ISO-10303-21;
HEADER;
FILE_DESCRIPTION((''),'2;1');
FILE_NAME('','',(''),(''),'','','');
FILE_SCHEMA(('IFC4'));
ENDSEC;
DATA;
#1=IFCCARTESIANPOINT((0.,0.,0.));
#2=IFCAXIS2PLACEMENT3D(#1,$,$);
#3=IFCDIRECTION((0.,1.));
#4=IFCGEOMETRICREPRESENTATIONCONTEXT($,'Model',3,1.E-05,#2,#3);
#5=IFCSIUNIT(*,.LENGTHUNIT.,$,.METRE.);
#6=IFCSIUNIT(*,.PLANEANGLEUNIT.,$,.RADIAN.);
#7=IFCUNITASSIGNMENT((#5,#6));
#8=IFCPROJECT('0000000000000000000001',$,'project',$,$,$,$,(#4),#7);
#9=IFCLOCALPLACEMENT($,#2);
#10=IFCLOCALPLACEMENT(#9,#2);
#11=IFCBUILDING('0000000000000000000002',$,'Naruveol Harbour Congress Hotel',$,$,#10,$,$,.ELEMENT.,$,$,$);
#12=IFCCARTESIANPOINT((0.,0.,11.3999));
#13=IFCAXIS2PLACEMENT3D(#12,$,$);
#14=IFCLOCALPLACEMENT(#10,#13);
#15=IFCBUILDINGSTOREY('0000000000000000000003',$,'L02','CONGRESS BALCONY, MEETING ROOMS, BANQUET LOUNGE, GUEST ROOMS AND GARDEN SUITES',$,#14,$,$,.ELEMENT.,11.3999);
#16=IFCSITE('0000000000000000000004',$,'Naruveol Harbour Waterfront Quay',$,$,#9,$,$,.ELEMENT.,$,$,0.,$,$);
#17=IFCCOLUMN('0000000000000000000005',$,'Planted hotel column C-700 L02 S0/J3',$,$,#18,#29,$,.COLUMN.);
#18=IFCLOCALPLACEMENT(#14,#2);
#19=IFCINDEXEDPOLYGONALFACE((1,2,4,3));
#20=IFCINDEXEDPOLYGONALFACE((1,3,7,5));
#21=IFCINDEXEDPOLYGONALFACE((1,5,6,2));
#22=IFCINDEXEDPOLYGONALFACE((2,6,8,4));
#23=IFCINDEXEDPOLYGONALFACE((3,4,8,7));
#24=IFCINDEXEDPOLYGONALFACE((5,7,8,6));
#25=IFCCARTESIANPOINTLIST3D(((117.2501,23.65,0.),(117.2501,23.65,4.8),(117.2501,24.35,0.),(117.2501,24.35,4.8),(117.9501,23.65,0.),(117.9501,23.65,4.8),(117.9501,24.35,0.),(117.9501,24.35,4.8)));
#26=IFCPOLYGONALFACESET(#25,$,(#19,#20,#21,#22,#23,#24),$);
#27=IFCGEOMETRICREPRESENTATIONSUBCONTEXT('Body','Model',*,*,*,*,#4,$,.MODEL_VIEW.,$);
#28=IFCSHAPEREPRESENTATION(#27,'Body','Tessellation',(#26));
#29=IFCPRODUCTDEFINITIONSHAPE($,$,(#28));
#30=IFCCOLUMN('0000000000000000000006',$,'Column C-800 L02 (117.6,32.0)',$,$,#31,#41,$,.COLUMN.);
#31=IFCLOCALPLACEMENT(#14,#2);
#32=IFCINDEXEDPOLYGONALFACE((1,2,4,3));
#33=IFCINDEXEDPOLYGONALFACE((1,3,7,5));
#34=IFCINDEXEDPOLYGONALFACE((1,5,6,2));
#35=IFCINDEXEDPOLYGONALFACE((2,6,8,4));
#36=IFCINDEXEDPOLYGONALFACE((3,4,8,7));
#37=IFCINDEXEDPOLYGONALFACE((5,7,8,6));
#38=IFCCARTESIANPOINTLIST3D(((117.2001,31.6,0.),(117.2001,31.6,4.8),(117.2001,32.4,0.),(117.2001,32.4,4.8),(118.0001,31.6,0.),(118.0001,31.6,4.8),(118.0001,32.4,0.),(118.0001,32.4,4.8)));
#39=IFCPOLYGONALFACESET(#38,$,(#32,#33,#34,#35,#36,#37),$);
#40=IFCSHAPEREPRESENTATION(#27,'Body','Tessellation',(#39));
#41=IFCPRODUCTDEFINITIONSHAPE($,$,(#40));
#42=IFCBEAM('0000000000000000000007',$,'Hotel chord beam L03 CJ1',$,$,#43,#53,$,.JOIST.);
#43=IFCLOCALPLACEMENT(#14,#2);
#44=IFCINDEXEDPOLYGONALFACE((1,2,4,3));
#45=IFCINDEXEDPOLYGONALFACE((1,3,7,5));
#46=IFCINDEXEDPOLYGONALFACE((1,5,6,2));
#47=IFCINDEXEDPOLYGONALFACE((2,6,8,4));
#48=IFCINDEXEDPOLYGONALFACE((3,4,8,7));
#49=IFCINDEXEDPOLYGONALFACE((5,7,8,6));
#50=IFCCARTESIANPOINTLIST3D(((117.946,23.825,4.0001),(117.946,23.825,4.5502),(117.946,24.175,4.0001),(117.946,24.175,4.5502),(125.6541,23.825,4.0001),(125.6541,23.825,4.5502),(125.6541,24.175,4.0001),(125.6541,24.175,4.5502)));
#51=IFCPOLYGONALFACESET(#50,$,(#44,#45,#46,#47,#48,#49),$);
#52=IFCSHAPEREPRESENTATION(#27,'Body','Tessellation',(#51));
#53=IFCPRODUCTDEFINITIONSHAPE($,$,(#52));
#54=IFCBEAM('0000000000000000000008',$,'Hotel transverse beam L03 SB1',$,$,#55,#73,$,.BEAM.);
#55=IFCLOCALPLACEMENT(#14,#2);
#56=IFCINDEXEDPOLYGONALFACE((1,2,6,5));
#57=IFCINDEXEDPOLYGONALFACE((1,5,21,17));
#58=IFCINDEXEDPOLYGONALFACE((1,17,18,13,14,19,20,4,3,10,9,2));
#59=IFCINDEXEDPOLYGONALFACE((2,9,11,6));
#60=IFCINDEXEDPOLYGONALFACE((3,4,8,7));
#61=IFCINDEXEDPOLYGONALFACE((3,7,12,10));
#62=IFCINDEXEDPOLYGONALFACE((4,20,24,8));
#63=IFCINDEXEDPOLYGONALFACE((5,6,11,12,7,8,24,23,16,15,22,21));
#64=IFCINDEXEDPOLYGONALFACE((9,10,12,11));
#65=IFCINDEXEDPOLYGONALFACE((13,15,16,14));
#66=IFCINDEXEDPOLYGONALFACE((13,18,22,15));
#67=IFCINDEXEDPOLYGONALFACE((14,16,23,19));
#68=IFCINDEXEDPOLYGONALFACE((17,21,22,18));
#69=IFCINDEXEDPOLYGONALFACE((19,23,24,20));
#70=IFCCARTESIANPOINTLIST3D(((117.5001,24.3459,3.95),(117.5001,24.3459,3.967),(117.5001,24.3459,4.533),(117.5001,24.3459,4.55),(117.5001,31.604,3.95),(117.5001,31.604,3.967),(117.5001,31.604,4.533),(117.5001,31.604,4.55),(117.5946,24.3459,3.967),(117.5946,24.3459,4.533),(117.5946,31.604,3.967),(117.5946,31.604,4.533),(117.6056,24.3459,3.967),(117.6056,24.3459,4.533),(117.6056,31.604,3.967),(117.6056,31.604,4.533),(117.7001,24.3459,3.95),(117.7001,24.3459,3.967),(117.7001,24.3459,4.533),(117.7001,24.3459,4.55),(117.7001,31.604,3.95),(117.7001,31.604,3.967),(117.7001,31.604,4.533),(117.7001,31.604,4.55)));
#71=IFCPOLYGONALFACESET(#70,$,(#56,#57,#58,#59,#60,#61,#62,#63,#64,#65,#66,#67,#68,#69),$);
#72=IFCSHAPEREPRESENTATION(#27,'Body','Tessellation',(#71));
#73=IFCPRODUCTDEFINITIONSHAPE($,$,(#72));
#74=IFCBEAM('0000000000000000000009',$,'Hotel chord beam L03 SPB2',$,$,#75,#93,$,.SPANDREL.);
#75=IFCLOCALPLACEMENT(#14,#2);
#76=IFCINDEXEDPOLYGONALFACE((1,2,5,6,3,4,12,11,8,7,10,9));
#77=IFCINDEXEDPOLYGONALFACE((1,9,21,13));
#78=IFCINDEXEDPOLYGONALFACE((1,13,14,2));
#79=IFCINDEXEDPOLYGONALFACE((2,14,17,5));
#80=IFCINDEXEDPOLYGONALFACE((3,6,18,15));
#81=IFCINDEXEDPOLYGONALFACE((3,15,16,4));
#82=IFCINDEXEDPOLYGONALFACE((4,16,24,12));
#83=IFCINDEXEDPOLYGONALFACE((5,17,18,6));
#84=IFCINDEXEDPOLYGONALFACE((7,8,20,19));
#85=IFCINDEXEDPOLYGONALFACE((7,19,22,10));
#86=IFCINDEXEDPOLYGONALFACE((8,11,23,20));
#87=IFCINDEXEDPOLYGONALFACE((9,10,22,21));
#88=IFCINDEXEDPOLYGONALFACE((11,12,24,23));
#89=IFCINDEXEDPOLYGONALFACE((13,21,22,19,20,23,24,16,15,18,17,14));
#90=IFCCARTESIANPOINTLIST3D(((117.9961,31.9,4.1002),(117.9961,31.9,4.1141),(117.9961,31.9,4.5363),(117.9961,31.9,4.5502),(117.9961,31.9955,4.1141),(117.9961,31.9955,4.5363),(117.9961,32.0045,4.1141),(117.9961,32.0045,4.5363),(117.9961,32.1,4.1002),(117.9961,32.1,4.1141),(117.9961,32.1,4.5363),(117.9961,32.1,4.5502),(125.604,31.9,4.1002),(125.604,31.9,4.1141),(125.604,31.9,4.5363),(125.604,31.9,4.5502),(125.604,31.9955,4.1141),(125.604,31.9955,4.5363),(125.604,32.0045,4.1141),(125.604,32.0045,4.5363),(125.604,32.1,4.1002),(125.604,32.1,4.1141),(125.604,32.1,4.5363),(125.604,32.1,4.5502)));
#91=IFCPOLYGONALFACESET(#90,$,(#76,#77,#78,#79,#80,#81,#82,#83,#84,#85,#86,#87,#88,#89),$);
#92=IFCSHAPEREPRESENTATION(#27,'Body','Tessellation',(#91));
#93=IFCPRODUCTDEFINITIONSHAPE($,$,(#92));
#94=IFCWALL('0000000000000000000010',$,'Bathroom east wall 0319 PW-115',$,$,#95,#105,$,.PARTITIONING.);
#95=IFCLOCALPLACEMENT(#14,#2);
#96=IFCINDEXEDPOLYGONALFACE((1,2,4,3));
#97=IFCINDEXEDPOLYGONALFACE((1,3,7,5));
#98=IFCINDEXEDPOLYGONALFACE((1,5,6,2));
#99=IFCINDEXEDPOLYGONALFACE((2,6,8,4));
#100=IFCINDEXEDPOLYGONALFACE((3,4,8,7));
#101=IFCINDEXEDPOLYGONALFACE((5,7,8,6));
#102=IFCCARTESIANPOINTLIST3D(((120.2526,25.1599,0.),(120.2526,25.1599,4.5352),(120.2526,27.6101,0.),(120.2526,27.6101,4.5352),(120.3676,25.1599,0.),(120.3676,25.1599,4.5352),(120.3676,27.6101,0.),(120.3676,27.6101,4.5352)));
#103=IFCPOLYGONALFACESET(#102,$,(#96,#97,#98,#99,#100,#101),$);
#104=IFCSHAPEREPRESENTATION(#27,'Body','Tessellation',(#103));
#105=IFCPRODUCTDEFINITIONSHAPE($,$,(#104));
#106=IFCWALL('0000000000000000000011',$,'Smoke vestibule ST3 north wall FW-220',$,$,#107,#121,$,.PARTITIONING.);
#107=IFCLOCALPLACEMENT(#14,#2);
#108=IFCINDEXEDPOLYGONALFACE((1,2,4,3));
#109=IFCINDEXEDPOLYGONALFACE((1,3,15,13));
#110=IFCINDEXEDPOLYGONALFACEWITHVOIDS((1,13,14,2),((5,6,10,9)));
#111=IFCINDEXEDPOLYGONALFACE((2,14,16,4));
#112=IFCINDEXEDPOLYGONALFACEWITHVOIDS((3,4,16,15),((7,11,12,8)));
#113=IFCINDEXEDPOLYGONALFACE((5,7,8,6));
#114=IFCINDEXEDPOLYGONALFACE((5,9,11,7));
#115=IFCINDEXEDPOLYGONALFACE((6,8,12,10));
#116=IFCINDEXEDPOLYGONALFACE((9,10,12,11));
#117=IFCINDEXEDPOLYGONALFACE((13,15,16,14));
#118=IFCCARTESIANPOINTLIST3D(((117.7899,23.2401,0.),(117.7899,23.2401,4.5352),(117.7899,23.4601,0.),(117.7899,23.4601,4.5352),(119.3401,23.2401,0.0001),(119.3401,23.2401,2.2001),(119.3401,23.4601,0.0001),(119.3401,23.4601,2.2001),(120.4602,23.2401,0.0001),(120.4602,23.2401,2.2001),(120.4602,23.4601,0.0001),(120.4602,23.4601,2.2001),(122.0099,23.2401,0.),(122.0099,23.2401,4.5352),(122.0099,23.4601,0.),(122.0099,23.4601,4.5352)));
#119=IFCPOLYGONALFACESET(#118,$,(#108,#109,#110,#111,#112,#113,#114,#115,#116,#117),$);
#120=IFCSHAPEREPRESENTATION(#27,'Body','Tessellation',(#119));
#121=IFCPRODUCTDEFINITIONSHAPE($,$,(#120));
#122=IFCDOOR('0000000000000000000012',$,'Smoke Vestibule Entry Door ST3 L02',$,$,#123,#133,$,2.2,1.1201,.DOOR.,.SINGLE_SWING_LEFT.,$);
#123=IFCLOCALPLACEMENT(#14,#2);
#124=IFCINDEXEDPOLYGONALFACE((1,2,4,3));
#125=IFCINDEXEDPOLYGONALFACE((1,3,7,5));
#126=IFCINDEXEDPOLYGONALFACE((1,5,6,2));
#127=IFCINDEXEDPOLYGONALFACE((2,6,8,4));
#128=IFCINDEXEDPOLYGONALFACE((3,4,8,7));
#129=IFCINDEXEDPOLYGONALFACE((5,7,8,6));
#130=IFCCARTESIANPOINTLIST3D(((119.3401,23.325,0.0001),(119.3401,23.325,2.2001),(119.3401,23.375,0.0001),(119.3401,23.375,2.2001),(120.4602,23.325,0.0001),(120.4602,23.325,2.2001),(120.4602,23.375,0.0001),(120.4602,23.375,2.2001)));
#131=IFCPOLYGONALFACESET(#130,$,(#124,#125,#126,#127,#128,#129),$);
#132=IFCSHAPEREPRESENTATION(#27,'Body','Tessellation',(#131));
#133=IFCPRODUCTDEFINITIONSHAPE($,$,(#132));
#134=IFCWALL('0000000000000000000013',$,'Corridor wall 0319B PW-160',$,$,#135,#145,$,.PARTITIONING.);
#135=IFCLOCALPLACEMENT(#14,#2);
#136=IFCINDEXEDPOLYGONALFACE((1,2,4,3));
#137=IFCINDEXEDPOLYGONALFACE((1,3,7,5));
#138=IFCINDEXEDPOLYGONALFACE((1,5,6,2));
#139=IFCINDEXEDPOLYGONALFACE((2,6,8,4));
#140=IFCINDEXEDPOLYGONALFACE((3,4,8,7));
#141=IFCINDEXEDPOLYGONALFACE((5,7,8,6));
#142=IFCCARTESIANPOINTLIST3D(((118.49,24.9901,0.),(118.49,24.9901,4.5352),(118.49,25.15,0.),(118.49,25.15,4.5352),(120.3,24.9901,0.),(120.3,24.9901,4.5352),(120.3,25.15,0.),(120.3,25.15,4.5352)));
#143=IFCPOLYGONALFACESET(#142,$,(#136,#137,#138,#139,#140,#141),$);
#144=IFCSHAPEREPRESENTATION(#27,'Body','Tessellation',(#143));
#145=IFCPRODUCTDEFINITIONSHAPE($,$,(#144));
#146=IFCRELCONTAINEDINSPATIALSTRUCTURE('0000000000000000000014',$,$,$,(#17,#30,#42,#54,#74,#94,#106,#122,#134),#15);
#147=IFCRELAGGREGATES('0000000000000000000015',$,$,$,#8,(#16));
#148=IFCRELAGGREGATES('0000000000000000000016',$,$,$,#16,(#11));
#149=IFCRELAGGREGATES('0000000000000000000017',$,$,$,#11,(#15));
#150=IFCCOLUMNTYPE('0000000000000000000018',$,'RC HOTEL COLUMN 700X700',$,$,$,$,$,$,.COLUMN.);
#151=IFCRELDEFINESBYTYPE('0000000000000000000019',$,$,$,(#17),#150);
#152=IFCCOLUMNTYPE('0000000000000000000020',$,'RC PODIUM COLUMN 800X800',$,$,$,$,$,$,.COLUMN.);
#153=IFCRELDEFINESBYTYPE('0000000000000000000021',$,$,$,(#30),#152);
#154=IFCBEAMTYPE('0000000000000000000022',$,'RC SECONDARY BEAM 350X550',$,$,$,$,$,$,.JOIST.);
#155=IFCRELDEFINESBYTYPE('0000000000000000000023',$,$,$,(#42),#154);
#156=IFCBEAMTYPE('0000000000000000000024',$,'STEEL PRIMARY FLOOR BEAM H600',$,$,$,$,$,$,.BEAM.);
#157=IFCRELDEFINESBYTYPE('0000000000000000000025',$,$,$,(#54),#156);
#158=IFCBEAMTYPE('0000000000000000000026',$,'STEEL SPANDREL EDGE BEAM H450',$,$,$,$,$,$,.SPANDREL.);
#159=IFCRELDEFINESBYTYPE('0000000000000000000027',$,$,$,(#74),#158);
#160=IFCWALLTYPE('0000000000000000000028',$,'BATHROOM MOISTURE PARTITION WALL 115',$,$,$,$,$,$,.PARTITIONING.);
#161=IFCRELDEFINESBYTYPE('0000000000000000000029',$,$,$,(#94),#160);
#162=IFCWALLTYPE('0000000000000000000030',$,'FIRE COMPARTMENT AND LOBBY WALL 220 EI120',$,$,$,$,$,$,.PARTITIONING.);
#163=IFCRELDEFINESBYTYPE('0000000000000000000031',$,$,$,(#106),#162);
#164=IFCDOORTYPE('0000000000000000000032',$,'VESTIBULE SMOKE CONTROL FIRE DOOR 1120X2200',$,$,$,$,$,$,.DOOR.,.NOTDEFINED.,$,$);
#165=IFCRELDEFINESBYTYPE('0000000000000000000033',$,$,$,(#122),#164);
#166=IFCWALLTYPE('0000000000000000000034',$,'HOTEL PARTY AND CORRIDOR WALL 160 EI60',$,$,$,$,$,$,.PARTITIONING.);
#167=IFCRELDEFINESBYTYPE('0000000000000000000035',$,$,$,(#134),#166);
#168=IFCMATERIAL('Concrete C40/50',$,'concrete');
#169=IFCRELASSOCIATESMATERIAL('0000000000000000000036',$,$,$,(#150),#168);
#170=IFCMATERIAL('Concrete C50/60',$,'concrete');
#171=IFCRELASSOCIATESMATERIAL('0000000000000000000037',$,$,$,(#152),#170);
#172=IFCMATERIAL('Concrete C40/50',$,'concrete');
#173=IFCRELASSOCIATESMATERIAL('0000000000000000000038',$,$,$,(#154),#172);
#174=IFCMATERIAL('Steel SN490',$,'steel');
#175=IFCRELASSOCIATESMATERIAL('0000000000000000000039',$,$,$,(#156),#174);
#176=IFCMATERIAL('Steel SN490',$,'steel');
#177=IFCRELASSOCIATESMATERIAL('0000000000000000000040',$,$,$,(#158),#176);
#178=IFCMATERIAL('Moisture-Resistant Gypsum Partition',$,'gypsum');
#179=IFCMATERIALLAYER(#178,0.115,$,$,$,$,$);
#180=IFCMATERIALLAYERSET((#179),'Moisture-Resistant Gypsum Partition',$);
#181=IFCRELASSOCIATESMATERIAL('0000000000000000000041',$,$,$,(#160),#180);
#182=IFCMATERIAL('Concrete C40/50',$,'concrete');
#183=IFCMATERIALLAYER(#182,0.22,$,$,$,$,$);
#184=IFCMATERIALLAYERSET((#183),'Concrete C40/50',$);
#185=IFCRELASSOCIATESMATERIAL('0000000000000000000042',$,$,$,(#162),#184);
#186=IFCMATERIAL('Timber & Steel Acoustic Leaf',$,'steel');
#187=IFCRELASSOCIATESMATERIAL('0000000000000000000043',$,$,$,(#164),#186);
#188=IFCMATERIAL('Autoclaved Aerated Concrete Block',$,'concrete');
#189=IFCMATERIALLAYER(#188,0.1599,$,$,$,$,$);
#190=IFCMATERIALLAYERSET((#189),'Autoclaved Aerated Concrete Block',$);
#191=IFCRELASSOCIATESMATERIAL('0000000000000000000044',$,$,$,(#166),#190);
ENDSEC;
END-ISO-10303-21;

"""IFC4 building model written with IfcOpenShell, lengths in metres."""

from ifc_helpers import new_model, si_unit, direction, frame, frame_2d, origin, origin_2d, place, context, subcontext, project, spatial, rectangle, i_section, extrude, material, layer, layer_set, material_profile, profile_set, type_object, element, fill, save


model = new_model("IFC4")

# Units and contexts
model_context = context("Model", 3, precision=1e-05, world=origin(), true_north=direction((0.0, 1.0)))
body_context = subcontext(model_context, "Body", "Model", "MODEL_VIEW")
ifc_project = project(units=[si_unit("LENGTHUNIT", "METRE"), si_unit("PLANEANGLEUNIT", "RADIAN")], contexts=[model_context])

# Site, building, storey
site_placement = place(None, origin())
site = spatial("IfcSite", under=ifc_project, at=site_placement, Name="Naruveol Harbour Waterfront Quay", CompositionType="ELEMENT", RefElevation=0.0)
building_placement = place(site_placement, origin())
building = spatial("IfcBuilding", under=site, at=building_placement, Name="Naruveol Harbour Congress Hotel", CompositionType="ELEMENT")
storey_placement = place(building_placement, frame((0.0, 0.0, 11.3999)))
storey = spatial("IfcBuildingStorey", under=building, at=storey_placement, Name="L02", Description="CONGRESS BALCONY, MEETING ROOMS, BANQUET LOUNGE, GUEST ROOMS AND GARDEN SUITES", CompositionType="ELEMENT", Elevation=11.3999)

# Columns
ifc_material_1 = material(Name="Concrete C40/50", Category="concrete")
ifc_material_profile_1 = material_profile(ifc_material_1, rectangle(XDim=0.7, YDim=0.7, at=origin_2d()), Name="RC-700x700")
ifc_profile_set_1 = profile_set([ifc_material_profile_1], Name="Concrete C40/50")
column_type_1 = type_object("IfcColumnType", Name="RC HOTEL COLUMN 700X700", PredefinedType="COLUMN", material=ifc_profile_set_1)
column_1_placement = place(storey_placement, frame((117.6001, 24.0, 0.0), z_axis=(0.0, 0.0, 1.0), x_axis=(1.0, 0.0, 0.0)))
element("IfcColumn", 1, at=column_1_placement, inside=storey, type_object=column_type_1, Name="Planted hotel column C-700 L02 S0/J3", PredefinedType="COLUMN", context=body_context, shape_type="SweptSolid", body=[
    extrude(rectangle(XDim=0.7, YDim=0.7, at=origin_2d()), origin(), (0.0, 0.0, 1.0), 4.8),
])
ifc_material_2 = material(Name="Concrete C50/60", Category="concrete")
ifc_material_profile_2 = material_profile(ifc_material_2, rectangle(XDim=0.8, YDim=0.8, at=origin_2d()), Name="RC-800x800")
ifc_profile_set_2 = profile_set([ifc_material_profile_2], Name="Concrete C50/60")
column_type_2 = type_object("IfcColumnType", Name="RC PODIUM COLUMN 800X800", PredefinedType="COLUMN", material=ifc_profile_set_2)
column_2_placement = place(storey_placement, frame((117.6001, 32.0, 0.0), z_axis=(0.0, 0.0, 1.0), x_axis=(1.0, 0.0, 0.0)))
element("IfcColumn", 2, at=column_2_placement, inside=storey, type_object=column_type_2, Name="Column C-800 L02 (117.6,32.0)", PredefinedType="COLUMN", context=body_context, shape_type="SweptSolid", body=[
    extrude(rectangle(XDim=0.8, YDim=0.8, at=origin_2d()), origin(), (0.0, 0.0, 1.0), 4.8),
])

# Beams
ifc_material_3 = material(Name="Concrete C40/50", Category="concrete")
ifc_material_profile_3 = material_profile(ifc_material_3, rectangle(XDim=0.3501, YDim=0.55, at=origin_2d()), Name="RCB-350x550")
ifc_profile_set_3 = profile_set([ifc_material_profile_3], Name="Concrete C40/50")
beam_type_1 = type_object("IfcBeamType", Name="RC SECONDARY BEAM 350X550", PredefinedType="JOIST", material=ifc_profile_set_3)
beam_1_placement = place(storey_placement, frame((117.946, 24.0, 4.2751), z_axis=(1.0, 0.0, 0.0), x_axis=(0.0, 1.0, 0.0)))
element("IfcBeam", 3, at=beam_1_placement, inside=storey, type_object=beam_type_1, Name="Hotel chord beam L03 CJ1", PredefinedType="JOIST", context=body_context, shape_type="SweptSolid", body=[
    extrude(rectangle(XDim=0.3501, YDim=0.55, at=origin_2d()), origin(), (0.0, 0.0, 1.0), 7.708),
])
ifc_material_4 = material(Name="Steel SN490", Category="steel")
ifc_material_profile_4 = material_profile(ifc_material_4, i_section(OverallWidth=0.2, OverallDepth=0.6001, WebThickness=0.011, FlangeThickness=0.0171, at=origin_2d()), Name="H-600x200x11x17")
ifc_profile_set_4 = profile_set([ifc_material_profile_4], Name="Steel SN490")
beam_type_2 = type_object("IfcBeamType", Name="STEEL PRIMARY FLOOR BEAM H600", PredefinedType="BEAM", material=ifc_profile_set_4)
beam_2_placement = place(storey_placement, frame((117.6001, 24.3459, 4.25), z_axis=(0.0, 1.0, 0.0), x_axis=(-1.0, 0.0, 0.0)))
element("IfcBeam", 4, at=beam_2_placement, inside=storey, type_object=beam_type_2, Name="Hotel transverse beam L03 SB1", PredefinedType="BEAM", context=body_context, shape_type="SweptSolid", body=[
    extrude(i_section(OverallWidth=0.2, OverallDepth=0.6001, WebThickness=0.011, FlangeThickness=0.0171, at=origin_2d()), origin(), (0.0, 0.0, 1.0), 7.2581),
])
ifc_material_5 = material(Name="Steel SN490", Category="steel")
ifc_material_profile_5 = material_profile(ifc_material_5, i_section(OverallWidth=0.2, OverallDepth=0.45, WebThickness=0.009, FlangeThickness=0.0139, at=origin_2d()), Name="H-450x200x9x14")
ifc_profile_set_5 = profile_set([ifc_material_profile_5], Name="Steel SN490")
beam_type_3 = type_object("IfcBeamType", Name="STEEL SPANDREL EDGE BEAM H450", PredefinedType="SPANDREL", material=ifc_profile_set_5)
beam_3_placement = place(storey_placement, frame((117.9961, 32.0, 4.3252), z_axis=(1.0, 0.0, 0.0), x_axis=(0.0, 1.0, 0.0)))
element("IfcBeam", 5, at=beam_3_placement, inside=storey, type_object=beam_type_3, Name="Hotel chord beam L03 SPB2", PredefinedType="SPANDREL", context=body_context, shape_type="SweptSolid", body=[
    extrude(i_section(OverallWidth=0.2, OverallDepth=0.45, WebThickness=0.009, FlangeThickness=0.0139, at=origin_2d()), origin(), (0.0, 0.0, 1.0), 7.6079),
])

# Wall
ifc_material_6 = material(Name="Moisture-Resistant Gypsum Partition", Category="gypsum")
ifc_layer_1 = layer(ifc_material_6, 0.115)
ifc_layer_set_1 = layer_set([ifc_layer_1], Name="Moisture-Resistant Gypsum Partition")
wall_type_1 = type_object("IfcWallType", Name="BATHROOM MOISTURE PARTITION WALL 115", PredefinedType="PARTITIONING", material=ifc_layer_set_1)
wall_1_placement = place(storey_placement, frame((120.3101, 25.1599, 0.0), z_axis=(0.0, 0.0, 1.0), x_axis=(0.0, 1.0, 0.0)))
element("IfcWall", 6, at=wall_1_placement, inside=storey, type_object=wall_type_1, Name="Bathroom east wall 0319 PW-115", PredefinedType="PARTITIONING", context=body_context, shape_type="SweptSolid", body=[
    extrude(rectangle(XDim=2.4502, YDim=0.115, at=frame_2d((1.2251, 0.0))), origin(), (0.0, 0.0, 1.0), 4.5352),
])

# Wall, opening, door
ifc_material_7 = material(Name="Concrete C40/50", Category="concrete")
ifc_layer_2 = layer(ifc_material_7, 0.22)
ifc_layer_set_2 = layer_set([ifc_layer_2], Name="Concrete C40/50")
wall_type_2 = type_object("IfcWallType", Name="FIRE COMPARTMENT AND LOBBY WALL 220 EI120", PredefinedType="PARTITIONING", material=ifc_layer_set_2)
wall_2_placement = place(storey_placement, frame((117.79, 23.3501, 0.0), z_axis=(0.0, 0.0, 1.0), x_axis=(1.0, 0.0, 0.0)))
wall_2 = element("IfcWall", 7, at=wall_2_placement, inside=storey, type_object=wall_type_2, Name="Smoke vestibule ST3 north wall FW-220", PredefinedType="PARTITIONING", context=body_context, shape_type="SweptSolid", body=[
    extrude(rectangle(XDim=4.22, YDim=0.22, at=frame_2d((2.1099, 0.0))), origin(), (0.0, 0.0, 1.0), 4.5352),
])
opening_1_placement = place(wall_2_placement, frame((1.55, 0.0, 0.0)))
opening_1 = element("IfcOpeningElement", 8, at=opening_1_placement, cuts=wall_2, PredefinedType="OPENING", context=body_context, shape_type="SweptSolid", body=[
    extrude(rectangle(XDim=1.1201, YDim=2.2, at=frame_2d((0.5601, 1.1001))), frame((0.0, 0.1199, 0.0), z_axis=(0.0, -1.0, 0.0), x_axis=(1.0, 0.0, 0.0)), (0.0, 0.0, 1.0), 0.24),
])
ifc_material_8 = material(Name="Timber & Steel Acoustic Leaf", Category="steel")
door_type_1 = type_object("IfcDoorType", Name="VESTIBULE SMOKE CONTROL FIRE DOOR 1120X2200", OperationType="NOTDEFINED", PredefinedType="DOOR", material=ifc_material_8)
door_1_placement = place(opening_1_placement, origin())
door_1 = element("IfcDoor", 9, at=door_1_placement, inside=storey, type_object=door_type_1, Name="Smoke Vestibule Entry Door ST3 L02", OperationType="SINGLE_SWING_LEFT", OverallHeight=2.2, OverallWidth=1.1201, PredefinedType="DOOR", context=body_context, shape_type="SweptSolid", body=[
    extrude(rectangle(XDim=1.1201, YDim=2.2, at=frame_2d((0.5601, 1.1001))), frame((0.0, 0.0249, 0.0), z_axis=(0.0, -1.0, 0.0), x_axis=(1.0, 0.0, 0.0)), (0.0, 0.0, 1.0), 0.05),
])
fill(opening_1, door_1)

# Wall
ifc_material_9 = material(Name="Autoclaved Aerated Concrete Block", Category="concrete")
ifc_layer_3 = layer(ifc_material_9, 0.1599)
ifc_layer_set_3 = layer_set([ifc_layer_3], Name="Autoclaved Aerated Concrete Block")
wall_type_3 = type_object("IfcWallType", Name="HOTEL PARTY AND CORRIDOR WALL 160 EI60", PredefinedType="PARTITIONING", material=ifc_layer_set_3)
wall_3_placement = place(storey_placement, frame((118.49, 25.0701, 0.0), z_axis=(0.0, 0.0, 1.0), x_axis=(1.0, 0.0, 0.0)))
element("IfcWall", 10, at=wall_3_placement, inside=storey, type_object=wall_type_3, Name="Corridor wall 0319B PW-160", PredefinedType="PARTITIONING", context=body_context, shape_type="SweptSolid", body=[
    extrude(rectangle(XDim=1.8101, YDim=0.1599, at=frame_2d((0.905, 0.0))), origin(), (0.0, 0.0, 1.0), 4.5352),
])

save(model, "model.ifc")
